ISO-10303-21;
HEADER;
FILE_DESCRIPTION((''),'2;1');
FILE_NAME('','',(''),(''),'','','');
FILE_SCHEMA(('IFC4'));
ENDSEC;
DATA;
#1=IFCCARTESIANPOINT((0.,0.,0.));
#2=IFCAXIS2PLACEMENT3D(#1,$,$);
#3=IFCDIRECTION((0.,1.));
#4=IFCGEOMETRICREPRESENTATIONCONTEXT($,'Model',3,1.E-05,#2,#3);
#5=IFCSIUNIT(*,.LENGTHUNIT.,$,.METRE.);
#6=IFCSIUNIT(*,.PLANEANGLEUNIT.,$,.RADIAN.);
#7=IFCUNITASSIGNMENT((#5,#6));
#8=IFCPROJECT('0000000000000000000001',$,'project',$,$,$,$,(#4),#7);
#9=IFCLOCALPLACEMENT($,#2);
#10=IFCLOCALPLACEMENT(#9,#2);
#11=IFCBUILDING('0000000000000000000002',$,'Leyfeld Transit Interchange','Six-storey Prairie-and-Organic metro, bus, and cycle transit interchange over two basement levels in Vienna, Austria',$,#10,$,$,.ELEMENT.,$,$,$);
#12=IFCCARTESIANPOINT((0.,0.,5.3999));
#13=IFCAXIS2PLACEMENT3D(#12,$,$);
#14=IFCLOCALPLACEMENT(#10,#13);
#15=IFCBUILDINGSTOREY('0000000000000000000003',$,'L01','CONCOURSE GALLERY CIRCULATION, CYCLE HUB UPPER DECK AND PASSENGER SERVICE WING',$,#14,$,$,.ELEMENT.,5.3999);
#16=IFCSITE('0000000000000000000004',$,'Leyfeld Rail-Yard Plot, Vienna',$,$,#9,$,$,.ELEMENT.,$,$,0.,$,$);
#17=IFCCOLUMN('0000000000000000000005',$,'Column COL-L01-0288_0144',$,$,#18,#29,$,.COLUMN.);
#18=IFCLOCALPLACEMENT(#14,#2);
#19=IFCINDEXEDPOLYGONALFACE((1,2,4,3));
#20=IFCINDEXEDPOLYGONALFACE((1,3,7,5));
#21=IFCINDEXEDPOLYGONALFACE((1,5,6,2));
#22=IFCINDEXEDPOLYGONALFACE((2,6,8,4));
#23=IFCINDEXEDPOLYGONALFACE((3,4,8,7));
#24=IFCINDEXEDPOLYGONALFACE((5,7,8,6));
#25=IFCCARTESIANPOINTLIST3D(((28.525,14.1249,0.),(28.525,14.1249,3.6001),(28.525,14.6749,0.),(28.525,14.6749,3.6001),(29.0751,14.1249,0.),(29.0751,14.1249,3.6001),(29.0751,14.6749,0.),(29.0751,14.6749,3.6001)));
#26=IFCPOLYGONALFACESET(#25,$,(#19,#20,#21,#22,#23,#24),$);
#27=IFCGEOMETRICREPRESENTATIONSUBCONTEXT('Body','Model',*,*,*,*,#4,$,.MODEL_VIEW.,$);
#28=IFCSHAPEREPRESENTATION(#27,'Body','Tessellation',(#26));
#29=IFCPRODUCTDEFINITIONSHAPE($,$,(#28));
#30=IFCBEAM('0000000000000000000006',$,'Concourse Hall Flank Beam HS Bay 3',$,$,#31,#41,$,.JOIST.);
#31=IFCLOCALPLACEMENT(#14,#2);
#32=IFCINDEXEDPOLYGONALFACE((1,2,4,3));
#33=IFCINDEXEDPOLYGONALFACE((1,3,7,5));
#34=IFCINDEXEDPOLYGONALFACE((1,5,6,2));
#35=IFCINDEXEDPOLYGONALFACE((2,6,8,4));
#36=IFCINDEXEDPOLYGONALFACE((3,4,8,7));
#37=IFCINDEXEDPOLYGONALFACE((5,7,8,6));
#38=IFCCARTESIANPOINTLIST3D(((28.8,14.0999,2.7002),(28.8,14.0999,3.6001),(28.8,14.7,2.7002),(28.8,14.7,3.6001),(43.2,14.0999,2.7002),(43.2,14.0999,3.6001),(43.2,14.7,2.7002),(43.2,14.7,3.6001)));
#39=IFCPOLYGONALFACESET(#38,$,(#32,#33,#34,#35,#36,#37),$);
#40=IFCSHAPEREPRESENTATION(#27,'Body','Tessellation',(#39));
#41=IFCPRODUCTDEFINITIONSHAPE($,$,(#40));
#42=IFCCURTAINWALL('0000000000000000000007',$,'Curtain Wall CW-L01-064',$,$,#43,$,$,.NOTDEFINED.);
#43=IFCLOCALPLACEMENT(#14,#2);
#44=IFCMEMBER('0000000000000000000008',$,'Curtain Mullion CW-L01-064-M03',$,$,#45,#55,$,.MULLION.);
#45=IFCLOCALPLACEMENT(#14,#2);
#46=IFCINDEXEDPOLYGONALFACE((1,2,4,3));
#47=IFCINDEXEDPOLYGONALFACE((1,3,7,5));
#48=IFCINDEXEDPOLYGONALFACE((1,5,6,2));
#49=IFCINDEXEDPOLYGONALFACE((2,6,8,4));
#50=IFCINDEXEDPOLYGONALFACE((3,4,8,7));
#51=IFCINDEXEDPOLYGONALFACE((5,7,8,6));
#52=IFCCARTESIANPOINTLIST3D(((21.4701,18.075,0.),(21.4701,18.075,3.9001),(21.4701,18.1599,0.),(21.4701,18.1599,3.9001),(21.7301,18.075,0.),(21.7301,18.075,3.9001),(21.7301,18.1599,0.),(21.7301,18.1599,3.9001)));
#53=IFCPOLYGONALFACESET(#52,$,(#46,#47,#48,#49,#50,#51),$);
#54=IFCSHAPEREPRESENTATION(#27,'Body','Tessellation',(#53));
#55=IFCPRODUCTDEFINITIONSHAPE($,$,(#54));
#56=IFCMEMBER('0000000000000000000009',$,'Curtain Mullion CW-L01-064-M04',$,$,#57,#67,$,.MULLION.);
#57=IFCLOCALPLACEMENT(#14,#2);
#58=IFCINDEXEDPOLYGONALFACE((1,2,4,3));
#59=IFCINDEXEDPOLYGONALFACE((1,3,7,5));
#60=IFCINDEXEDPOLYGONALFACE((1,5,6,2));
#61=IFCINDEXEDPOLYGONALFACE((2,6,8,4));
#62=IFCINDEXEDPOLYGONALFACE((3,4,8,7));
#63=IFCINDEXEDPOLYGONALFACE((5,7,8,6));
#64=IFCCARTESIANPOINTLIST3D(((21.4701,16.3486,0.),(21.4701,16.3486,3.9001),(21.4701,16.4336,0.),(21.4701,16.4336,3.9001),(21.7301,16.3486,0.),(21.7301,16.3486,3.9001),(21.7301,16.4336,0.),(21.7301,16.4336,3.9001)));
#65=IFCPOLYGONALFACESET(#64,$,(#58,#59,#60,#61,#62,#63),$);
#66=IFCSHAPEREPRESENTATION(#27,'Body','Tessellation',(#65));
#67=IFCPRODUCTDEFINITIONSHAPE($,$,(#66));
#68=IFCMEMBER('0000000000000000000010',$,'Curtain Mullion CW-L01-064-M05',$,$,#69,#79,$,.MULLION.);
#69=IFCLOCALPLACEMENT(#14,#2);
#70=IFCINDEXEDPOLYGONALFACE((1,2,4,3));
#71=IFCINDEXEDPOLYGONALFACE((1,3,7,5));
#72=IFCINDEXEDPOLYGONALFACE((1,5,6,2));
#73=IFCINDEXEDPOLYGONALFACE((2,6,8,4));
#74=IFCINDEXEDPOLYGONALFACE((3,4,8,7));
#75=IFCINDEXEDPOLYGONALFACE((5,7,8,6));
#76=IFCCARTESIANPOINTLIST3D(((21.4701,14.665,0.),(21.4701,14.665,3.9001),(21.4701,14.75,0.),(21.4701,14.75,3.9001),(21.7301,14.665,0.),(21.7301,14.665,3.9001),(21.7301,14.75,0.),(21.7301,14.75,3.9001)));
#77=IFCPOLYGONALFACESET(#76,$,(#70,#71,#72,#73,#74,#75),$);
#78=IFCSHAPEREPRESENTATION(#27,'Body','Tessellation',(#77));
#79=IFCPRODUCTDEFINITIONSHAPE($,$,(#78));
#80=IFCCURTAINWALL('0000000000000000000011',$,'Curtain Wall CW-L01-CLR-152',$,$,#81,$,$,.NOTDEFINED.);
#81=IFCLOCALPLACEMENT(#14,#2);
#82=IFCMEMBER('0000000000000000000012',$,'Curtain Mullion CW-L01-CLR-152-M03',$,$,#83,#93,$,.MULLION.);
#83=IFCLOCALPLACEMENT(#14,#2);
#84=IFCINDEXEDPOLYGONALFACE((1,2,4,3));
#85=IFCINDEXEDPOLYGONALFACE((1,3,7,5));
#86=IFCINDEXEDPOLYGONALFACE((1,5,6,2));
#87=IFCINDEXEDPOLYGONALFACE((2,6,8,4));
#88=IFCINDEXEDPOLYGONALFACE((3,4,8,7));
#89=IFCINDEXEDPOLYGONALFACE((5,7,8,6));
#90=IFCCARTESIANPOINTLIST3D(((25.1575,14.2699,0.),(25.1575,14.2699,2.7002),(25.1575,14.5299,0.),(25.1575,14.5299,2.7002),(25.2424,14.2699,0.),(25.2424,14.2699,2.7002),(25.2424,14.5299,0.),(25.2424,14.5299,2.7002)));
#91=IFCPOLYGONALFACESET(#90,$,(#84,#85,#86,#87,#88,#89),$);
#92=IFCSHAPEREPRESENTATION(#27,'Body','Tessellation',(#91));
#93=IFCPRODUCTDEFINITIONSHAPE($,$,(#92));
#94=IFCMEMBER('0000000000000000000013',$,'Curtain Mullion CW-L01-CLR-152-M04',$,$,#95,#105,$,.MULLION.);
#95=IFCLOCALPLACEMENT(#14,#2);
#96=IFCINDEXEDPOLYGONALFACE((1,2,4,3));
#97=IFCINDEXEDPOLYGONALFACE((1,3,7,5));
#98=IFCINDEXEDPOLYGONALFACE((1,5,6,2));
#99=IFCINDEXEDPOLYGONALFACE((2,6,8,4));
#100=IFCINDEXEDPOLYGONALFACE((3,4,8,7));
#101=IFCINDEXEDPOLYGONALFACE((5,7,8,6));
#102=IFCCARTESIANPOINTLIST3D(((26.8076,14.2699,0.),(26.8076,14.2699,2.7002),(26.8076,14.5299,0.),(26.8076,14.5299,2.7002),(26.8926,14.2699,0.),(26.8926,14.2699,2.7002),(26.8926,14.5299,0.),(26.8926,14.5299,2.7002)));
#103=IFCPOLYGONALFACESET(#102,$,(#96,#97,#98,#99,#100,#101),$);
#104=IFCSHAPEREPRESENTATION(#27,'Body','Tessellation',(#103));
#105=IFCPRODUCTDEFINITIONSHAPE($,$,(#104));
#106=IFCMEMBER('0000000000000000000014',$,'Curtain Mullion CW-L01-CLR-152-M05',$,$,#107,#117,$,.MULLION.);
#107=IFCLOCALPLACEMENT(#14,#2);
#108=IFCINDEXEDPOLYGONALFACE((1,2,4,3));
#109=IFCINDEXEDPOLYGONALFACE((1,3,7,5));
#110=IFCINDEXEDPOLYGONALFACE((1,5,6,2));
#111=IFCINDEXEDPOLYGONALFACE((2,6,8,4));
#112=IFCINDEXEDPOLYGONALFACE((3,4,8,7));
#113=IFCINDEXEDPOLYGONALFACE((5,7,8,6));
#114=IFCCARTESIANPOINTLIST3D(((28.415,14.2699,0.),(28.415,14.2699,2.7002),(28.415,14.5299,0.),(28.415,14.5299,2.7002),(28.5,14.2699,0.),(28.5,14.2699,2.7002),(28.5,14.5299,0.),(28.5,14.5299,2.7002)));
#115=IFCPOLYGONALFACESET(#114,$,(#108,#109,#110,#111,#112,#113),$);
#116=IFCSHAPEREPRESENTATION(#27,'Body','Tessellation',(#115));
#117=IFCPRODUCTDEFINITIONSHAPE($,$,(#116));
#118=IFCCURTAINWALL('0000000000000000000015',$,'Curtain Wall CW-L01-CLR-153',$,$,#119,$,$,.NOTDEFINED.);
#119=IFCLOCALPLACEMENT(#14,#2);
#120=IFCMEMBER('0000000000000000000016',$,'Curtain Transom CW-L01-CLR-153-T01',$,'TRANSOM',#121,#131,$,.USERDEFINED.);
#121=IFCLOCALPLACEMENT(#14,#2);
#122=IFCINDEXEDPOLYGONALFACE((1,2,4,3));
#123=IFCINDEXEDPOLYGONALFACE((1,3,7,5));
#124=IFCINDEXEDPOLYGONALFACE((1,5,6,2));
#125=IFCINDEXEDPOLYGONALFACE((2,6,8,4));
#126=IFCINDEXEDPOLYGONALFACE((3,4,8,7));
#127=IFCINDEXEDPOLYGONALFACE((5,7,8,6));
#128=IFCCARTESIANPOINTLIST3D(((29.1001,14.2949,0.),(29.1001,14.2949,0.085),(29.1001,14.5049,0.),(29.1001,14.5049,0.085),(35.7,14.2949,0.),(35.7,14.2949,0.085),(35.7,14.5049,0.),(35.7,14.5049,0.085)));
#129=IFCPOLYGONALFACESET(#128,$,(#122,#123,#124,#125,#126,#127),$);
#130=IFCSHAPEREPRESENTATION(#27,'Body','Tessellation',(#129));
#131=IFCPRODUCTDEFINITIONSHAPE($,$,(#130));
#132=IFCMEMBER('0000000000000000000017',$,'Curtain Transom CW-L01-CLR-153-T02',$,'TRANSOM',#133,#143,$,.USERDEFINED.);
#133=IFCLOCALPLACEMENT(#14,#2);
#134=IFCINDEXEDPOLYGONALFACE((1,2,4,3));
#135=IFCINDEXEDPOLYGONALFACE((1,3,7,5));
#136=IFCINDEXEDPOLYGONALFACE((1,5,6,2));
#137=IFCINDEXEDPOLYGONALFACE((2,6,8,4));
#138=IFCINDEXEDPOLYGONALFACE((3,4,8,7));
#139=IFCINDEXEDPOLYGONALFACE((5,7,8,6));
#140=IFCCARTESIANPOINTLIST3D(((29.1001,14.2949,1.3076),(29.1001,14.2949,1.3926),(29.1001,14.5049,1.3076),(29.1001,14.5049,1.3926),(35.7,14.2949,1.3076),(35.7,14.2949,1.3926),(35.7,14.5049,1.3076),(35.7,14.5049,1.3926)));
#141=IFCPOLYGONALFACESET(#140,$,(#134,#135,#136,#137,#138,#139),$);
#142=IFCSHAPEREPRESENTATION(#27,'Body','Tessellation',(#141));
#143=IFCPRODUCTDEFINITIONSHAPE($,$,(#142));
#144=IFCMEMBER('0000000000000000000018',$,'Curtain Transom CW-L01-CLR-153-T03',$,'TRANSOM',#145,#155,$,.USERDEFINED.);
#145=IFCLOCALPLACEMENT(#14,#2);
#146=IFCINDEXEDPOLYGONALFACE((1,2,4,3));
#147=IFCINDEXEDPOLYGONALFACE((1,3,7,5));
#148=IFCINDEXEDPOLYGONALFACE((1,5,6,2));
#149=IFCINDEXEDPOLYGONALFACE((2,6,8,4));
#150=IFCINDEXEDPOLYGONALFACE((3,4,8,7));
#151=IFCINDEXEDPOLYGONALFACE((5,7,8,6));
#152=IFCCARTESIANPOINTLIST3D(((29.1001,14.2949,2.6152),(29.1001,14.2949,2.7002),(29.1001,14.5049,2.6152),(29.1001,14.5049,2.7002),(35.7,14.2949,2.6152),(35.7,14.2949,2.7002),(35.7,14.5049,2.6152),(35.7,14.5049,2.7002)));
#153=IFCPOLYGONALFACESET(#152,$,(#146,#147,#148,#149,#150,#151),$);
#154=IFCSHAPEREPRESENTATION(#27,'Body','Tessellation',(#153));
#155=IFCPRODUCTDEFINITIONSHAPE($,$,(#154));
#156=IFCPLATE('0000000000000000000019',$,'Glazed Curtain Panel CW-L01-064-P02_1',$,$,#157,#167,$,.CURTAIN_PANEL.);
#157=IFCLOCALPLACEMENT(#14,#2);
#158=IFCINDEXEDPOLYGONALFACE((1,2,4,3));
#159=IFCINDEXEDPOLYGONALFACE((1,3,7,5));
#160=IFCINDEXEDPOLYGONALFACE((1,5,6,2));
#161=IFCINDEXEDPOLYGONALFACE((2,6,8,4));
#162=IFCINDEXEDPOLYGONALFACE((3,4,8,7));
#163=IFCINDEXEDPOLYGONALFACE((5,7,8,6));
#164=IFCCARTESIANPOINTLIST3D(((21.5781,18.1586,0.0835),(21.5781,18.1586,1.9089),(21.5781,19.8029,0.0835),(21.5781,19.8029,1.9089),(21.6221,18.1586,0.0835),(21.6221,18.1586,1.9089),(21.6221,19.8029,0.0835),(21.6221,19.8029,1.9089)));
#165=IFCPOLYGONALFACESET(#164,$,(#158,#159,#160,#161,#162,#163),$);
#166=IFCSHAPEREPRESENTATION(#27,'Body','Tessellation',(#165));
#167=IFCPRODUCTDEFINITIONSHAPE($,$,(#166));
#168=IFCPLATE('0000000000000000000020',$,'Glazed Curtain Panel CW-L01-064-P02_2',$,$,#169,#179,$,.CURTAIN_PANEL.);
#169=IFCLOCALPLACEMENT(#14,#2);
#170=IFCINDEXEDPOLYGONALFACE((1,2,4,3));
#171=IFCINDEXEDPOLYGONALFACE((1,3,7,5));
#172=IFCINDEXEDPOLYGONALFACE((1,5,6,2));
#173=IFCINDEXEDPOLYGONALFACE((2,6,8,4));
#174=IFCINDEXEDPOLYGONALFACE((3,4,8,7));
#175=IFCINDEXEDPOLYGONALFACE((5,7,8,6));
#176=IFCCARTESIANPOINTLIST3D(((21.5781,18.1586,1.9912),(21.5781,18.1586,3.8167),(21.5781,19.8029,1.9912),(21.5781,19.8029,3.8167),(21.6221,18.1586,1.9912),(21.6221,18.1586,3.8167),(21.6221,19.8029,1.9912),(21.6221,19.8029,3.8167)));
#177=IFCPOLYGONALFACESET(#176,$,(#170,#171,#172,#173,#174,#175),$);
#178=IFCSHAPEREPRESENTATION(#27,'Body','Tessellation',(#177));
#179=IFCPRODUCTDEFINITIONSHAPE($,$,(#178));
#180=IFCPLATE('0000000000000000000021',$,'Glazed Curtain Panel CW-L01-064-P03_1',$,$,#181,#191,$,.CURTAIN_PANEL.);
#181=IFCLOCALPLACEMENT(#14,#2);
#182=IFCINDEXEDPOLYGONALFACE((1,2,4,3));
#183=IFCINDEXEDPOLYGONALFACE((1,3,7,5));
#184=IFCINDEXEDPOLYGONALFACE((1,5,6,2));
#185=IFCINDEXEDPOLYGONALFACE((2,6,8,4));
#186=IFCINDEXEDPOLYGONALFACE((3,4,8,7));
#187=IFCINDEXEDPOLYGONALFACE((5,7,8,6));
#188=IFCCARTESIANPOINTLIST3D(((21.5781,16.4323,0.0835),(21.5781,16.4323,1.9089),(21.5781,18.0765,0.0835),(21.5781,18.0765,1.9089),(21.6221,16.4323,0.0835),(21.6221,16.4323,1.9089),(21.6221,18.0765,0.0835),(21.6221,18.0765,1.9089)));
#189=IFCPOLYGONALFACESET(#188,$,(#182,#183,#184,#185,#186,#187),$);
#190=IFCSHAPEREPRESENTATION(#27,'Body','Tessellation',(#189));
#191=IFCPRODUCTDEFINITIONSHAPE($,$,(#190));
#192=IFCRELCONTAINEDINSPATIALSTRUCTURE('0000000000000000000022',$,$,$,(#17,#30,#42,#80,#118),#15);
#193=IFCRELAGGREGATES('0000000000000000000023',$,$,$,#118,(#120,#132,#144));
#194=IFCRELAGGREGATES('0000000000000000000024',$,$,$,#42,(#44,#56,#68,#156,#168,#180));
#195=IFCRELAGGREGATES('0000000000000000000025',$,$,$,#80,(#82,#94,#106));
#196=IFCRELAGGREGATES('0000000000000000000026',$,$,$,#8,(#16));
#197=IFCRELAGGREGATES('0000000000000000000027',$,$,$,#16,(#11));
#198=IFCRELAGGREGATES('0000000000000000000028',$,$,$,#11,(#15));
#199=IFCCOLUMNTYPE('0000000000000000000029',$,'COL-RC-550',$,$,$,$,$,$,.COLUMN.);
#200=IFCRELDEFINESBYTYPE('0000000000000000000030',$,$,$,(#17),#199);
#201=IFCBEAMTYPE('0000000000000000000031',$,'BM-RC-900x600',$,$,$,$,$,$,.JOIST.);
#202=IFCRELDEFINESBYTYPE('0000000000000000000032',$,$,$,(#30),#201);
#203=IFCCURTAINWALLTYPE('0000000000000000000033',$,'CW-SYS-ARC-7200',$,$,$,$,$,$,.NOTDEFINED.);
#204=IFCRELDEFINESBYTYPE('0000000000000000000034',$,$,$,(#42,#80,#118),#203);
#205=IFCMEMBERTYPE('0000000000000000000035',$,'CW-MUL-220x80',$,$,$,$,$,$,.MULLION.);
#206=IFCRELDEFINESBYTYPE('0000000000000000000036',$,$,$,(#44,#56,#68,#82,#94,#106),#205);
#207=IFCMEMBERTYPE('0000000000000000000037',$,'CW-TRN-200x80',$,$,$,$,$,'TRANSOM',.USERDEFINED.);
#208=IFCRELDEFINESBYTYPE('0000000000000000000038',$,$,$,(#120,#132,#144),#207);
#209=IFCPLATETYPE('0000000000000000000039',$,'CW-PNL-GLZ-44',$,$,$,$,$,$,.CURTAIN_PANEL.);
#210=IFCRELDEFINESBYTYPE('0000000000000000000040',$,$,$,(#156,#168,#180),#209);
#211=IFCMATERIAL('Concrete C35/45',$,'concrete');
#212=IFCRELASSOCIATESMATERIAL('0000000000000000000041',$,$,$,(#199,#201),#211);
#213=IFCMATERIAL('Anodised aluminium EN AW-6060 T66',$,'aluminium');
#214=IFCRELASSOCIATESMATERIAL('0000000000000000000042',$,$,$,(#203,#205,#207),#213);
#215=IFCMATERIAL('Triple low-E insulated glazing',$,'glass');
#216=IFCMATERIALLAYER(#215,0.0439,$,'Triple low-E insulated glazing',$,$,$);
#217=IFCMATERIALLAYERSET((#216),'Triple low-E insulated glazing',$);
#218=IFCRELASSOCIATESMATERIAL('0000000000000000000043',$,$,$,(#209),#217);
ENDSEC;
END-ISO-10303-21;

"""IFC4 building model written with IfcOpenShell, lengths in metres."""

from ifc_helpers import new_model, si_unit, direction, frame, origin, origin_2d, place, context, subcontext, project, spatial, rectangle, extrude, material, layer, layer_set, material_profile, profile_set, type_object, element, aggregate, save


model = new_model("IFC4")

# Units and contexts
model_context = context("Model", 3, precision=1e-05, world=origin(), true_north=direction((0.0, 1.0)))
body_context = subcontext(model_context, "Body", "Model", "MODEL_VIEW")
ifc_project = project(units=[si_unit("LENGTHUNIT", "METRE"), si_unit("PLANEANGLEUNIT", "RADIAN")], contexts=[model_context])

# Site, building, storey
site_placement = place(None, origin())
site = spatial("IfcSite", under=ifc_project, at=site_placement, Name="Leyfeld Rail-Yard Plot, Vienna", CompositionType="ELEMENT", RefElevation=0.0)
building_placement = place(site_placement, origin())
building = spatial("IfcBuilding", under=site, at=building_placement, Name="Leyfeld Transit Interchange", Description="Six-storey Prairie-and-Organic metro, bus, and cycle transit interchange over two basement levels in Vienna, Austria", CompositionType="ELEMENT")
storey_placement = place(building_placement, frame((0.0, 0.0, 5.3999)))
storey = spatial("IfcBuildingStorey", under=building, at=storey_placement, Name="L01", Description="CONCOURSE GALLERY CIRCULATION, CYCLE HUB UPPER DECK AND PASSENGER SERVICE WING", CompositionType="ELEMENT", Elevation=5.3999)

# Column
ifc_material_1 = material(Name="Concrete C35/45", Category="concrete")
ifc_material_profile_1 = material_profile(ifc_material_1, rectangle(XDim=0.55, YDim=0.55, at=origin_2d()), Name="RC 550x550")
ifc_profile_set_1 = profile_set([ifc_material_profile_1], Name="Concrete C35/45")
column_type = type_object("IfcColumnType", Name="COL-RC-550", PredefinedType="COLUMN", material=ifc_profile_set_1)
column_placement = place(storey_placement, frame((28.8, 14.3999, 0.0), z_axis=(0.0, 0.0, 1.0), x_axis=(1.0, 0.0, 0.0)))
element("IfcColumn", 1, at=column_placement, inside=storey, type_object=column_type, Name="Column COL-L01-0288_0144", PredefinedType="COLUMN", context=body_context, shape_type="SweptSolid", body=[
    extrude(rectangle(XDim=0.55, YDim=0.55, at=origin_2d()), origin(), (0.0, 0.0, 1.0), 3.6001),
])

# Beam
ifc_material_profile_2 = material_profile(ifc_material_1, rectangle(XDim=0.6001, YDim=0.8999, at=origin_2d()), Name="RC 900x600")
ifc_profile_set_2 = profile_set([ifc_material_profile_2], Name="Concrete C35/45")
beam_type = type_object("IfcBeamType", Name="BM-RC-900x600", PredefinedType="JOIST", material=ifc_profile_set_2)
beam_placement = place(storey_placement, frame((28.8, 14.3999, 3.1501), z_axis=(1.0, 0.0, 0.0), x_axis=(0.0, 1.0, 0.0)))
element("IfcBeam", 2, at=beam_placement, inside=storey, type_object=beam_type, Name="Concourse Hall Flank Beam HS Bay 3", PredefinedType="JOIST", context=body_context, shape_type="SweptSolid", body=[
    extrude(rectangle(XDim=0.6001, YDim=0.8999, at=origin_2d()), origin(), (0.0, 0.0, 1.0), 14.3999),
])

# Curtain walls, members
ifc_material_2 = material(Name="Anodised aluminium EN AW-6060 T66", Category="aluminium")
curtain_wall_type = type_object("IfcCurtainWallType", Name="CW-SYS-ARC-7200", PredefinedType="NOTDEFINED", material=ifc_material_2)
curtain_wall_1_placement = place(storey_placement, origin())
curtain_wall_1 = element("IfcCurtainWall", 3, at=curtain_wall_1_placement, inside=storey, type_object=curtain_wall_type, Name="Curtain Wall CW-L01-064", PredefinedType="NOTDEFINED")
ifc_material_profile_3 = material_profile(ifc_material_2, rectangle(XDim=0.085, YDim=0.26, at=origin_2d()), Name="CW-M 85x260")
ifc_profile_set_3 = profile_set([ifc_material_profile_3], Name="Anodised aluminium EN AW-6060 T66")
member_type_1 = type_object("IfcMemberType", Name="CW-MUL-220x80", PredefinedType="MULLION", material=ifc_profile_set_3)
member_1_placement = place(storey_placement, frame((21.6001, 18.1174, 0.0), z_axis=(0.0, 0.0, 1.0), x_axis=(0.0, -1.0, 0.0)))
member_1 = element("IfcMember", 4, at=member_1_placement, type_object=member_type_1, Name="Curtain Mullion CW-L01-064-M03", PredefinedType="MULLION", context=body_context, shape_type="SweptSolid", body=[
    extrude(rectangle(XDim=0.085, YDim=0.26, at=origin_2d()), origin(), (0.0, 0.0, 1.0), 3.9001),
])
member_2_placement = place(storey_placement, frame((21.6001, 16.3911, 0.0), z_axis=(0.0, 0.0, 1.0), x_axis=(0.0, -1.0, 0.0)))
member_2 = element("IfcMember", 5, at=member_2_placement, type_object=member_type_1, Name="Curtain Mullion CW-L01-064-M04", PredefinedType="MULLION", context=body_context, shape_type="SweptSolid", body=[
    extrude(rectangle(XDim=0.085, YDim=0.26, at=origin_2d()), origin(), (0.0, 0.0, 1.0), 3.9001),
])
member_3_placement = place(storey_placement, frame((21.6001, 14.7075, 0.0), z_axis=(0.0, 0.0, 1.0), x_axis=(0.0, -1.0, 0.0)))
member_3 = element("IfcMember", 6, at=member_3_placement, type_object=member_type_1, Name="Curtain Mullion CW-L01-064-M05", PredefinedType="MULLION", context=body_context, shape_type="SweptSolid", body=[
    extrude(rectangle(XDim=0.085, YDim=0.26, at=origin_2d()), origin(), (0.0, 0.0, 1.0), 3.9001),
])
curtain_wall_2_placement = place(storey_placement, origin())
curtain_wall_2 = element("IfcCurtainWall", 7, at=curtain_wall_2_placement, inside=storey, type_object=curtain_wall_type, Name="Curtain Wall CW-L01-CLR-152", PredefinedType="NOTDEFINED")
member_4_placement = place(storey_placement, frame((25.2, 14.3999, 0.0), z_axis=(0.0, 0.0, 1.0), x_axis=(1.0, 0.0, 0.0)))
member_4 = element("IfcMember", 8, at=member_4_placement, type_object=member_type_1, Name="Curtain Mullion CW-L01-CLR-152-M03", PredefinedType="MULLION", context=body_context, shape_type="SweptSolid", body=[
    extrude(rectangle(XDim=0.085, YDim=0.26, at=origin_2d()), origin(), (0.0, 0.0, 1.0), 2.7002),
])
member_5_placement = place(storey_placement, frame((26.8501, 14.3999, 0.0), z_axis=(0.0, 0.0, 1.0), x_axis=(1.0, 0.0, 0.0)))
member_5 = element("IfcMember", 9, at=member_5_placement, type_object=member_type_1, Name="Curtain Mullion CW-L01-CLR-152-M04", PredefinedType="MULLION", context=body_context, shape_type="SweptSolid", body=[
    extrude(rectangle(XDim=0.085, YDim=0.26, at=origin_2d()), origin(), (0.0, 0.0, 1.0), 2.7002),
])
member_6_placement = place(storey_placement, frame((28.4575, 14.3999, 0.0), z_axis=(0.0, 0.0, 1.0), x_axis=(1.0, 0.0, 0.0)))
member_6 = element("IfcMember", 10, at=member_6_placement, type_object=member_type_1, Name="Curtain Mullion CW-L01-CLR-152-M05", PredefinedType="MULLION", context=body_context, shape_type="SweptSolid", body=[
    extrude(rectangle(XDim=0.085, YDim=0.26, at=origin_2d()), origin(), (0.0, 0.0, 1.0), 2.7002),
])
curtain_wall_3_placement = place(storey_placement, origin())
curtain_wall_3 = element("IfcCurtainWall", 11, at=curtain_wall_3_placement, inside=storey, type_object=curtain_wall_type, Name="Curtain Wall CW-L01-CLR-153", PredefinedType="NOTDEFINED")
ifc_material_profile_4 = material_profile(ifc_material_2, rectangle(XDim=0.21, YDim=0.085, at=origin_2d()), Name="CW-TRN-200x80")
ifc_profile_set_4 = profile_set([ifc_material_profile_4], Name="Anodised aluminium EN AW-6060 T66")
member_type_2 = type_object("IfcMemberType", Name="CW-TRN-200x80", ElementType="TRANSOM", PredefinedType="USERDEFINED", material=ifc_profile_set_4)
member_7_placement = place(storey_placement, frame((29.1001, 14.3999, 0.0425), z_axis=(1.0, 0.0, 0.0), x_axis=(0.0, 1.0, 0.0)))
member_7 = element("IfcMember", 12, at=member_7_placement, type_object=member_type_2, Name="Curtain Transom CW-L01-CLR-153-T01", ObjectType="TRANSOM", PredefinedType="USERDEFINED", context=body_context, shape_type="SweptSolid", body=[
    extrude(rectangle(XDim=0.21, YDim=0.085, at=origin_2d()), origin(), (0.0, 0.0, 1.0), 6.5999),
])
member_8_placement = place(storey_placement, frame((29.1001, 14.3999, 1.3501), z_axis=(1.0, 0.0, 0.0), x_axis=(0.0, 1.0, 0.0)))
member_8 = element("IfcMember", 13, at=member_8_placement, type_object=member_type_2, Name="Curtain Transom CW-L01-CLR-153-T02", ObjectType="TRANSOM", PredefinedType="USERDEFINED", context=body_context, shape_type="SweptSolid", body=[
    extrude(rectangle(XDim=0.21, YDim=0.085, at=origin_2d()), origin(), (0.0, 0.0, 1.0), 6.5999),
])
member_9_placement = place(storey_placement, frame((29.1001, 14.3999, 2.6577), z_axis=(1.0, 0.0, 0.0), x_axis=(0.0, 1.0, 0.0)))
member_9 = element("IfcMember", 14, at=member_9_placement, type_object=member_type_2, Name="Curtain Transom CW-L01-CLR-153-T03", ObjectType="TRANSOM", PredefinedType="USERDEFINED", context=body_context, shape_type="SweptSolid", body=[
    extrude(rectangle(XDim=0.21, YDim=0.085, at=origin_2d()), origin(), (0.0, 0.0, 1.0), 6.5999),
])
aggregate(curtain_wall_3, [member_7, member_8, member_9])

# Plates
ifc_material_3 = material(Name="Triple low-E insulated glazing", Category="glass")
ifc_layer = layer(ifc_material_3, 0.0439, Name="Triple low-E insulated glazing")
ifc_layer_set = layer_set([ifc_layer], Name="Triple low-E insulated glazing")
plate_type = type_object("IfcPlateType", Name="CW-PNL-GLZ-44", PredefinedType="CURTAIN_PANEL", material=ifc_layer_set)
plate_1_placement = place(storey_placement, frame((21.6001, 18.9807, 0.0835), z_axis=(0.0, 0.0, 1.0), x_axis=(0.0, -1.0, 0.0)))
plate_1 = element("IfcPlate", 15, at=plate_1_placement, type_object=plate_type, Name="Glazed Curtain Panel CW-L01-064-P02_1", PredefinedType="CURTAIN_PANEL", context=body_context, shape_type="SweptSolid", body=[
    extrude(rectangle(XDim=1.6443, YDim=0.0439, at=origin_2d()), origin(), (0.0, 0.0, 1.0), 1.8254),
])
plate_2_placement = place(storey_placement, frame((21.6001, 18.9807, 1.9912), z_axis=(0.0, 0.0, 1.0), x_axis=(0.0, -1.0, 0.0)))
plate_2 = element("IfcPlate", 16, at=plate_2_placement, type_object=plate_type, Name="Glazed Curtain Panel CW-L01-064-P02_2", PredefinedType="CURTAIN_PANEL", context=body_context, shape_type="SweptSolid", body=[
    extrude(rectangle(XDim=1.6443, YDim=0.0439, at=origin_2d()), origin(), (0.0, 0.0, 1.0), 1.8254),
])
plate_3_placement = place(storey_placement, frame((21.6001, 17.2544, 0.0835), z_axis=(0.0, 0.0, 1.0), x_axis=(0.0, -1.0, 0.0)))
plate_3 = element("IfcPlate", 17, at=plate_3_placement, type_object=plate_type, Name="Glazed Curtain Panel CW-L01-064-P03_1", PredefinedType="CURTAIN_PANEL", context=body_context, shape_type="SweptSolid", body=[
    extrude(rectangle(XDim=1.6443, YDim=0.0439, at=origin_2d()), origin(), (0.0, 0.0, 1.0), 1.8254),
])
aggregate(curtain_wall_1, [member_1, member_2, member_3, plate_1, plate_2, plate_3])
aggregate(curtain_wall_2, [member_4, member_5, member_6])

save(model, "model.ifc")
